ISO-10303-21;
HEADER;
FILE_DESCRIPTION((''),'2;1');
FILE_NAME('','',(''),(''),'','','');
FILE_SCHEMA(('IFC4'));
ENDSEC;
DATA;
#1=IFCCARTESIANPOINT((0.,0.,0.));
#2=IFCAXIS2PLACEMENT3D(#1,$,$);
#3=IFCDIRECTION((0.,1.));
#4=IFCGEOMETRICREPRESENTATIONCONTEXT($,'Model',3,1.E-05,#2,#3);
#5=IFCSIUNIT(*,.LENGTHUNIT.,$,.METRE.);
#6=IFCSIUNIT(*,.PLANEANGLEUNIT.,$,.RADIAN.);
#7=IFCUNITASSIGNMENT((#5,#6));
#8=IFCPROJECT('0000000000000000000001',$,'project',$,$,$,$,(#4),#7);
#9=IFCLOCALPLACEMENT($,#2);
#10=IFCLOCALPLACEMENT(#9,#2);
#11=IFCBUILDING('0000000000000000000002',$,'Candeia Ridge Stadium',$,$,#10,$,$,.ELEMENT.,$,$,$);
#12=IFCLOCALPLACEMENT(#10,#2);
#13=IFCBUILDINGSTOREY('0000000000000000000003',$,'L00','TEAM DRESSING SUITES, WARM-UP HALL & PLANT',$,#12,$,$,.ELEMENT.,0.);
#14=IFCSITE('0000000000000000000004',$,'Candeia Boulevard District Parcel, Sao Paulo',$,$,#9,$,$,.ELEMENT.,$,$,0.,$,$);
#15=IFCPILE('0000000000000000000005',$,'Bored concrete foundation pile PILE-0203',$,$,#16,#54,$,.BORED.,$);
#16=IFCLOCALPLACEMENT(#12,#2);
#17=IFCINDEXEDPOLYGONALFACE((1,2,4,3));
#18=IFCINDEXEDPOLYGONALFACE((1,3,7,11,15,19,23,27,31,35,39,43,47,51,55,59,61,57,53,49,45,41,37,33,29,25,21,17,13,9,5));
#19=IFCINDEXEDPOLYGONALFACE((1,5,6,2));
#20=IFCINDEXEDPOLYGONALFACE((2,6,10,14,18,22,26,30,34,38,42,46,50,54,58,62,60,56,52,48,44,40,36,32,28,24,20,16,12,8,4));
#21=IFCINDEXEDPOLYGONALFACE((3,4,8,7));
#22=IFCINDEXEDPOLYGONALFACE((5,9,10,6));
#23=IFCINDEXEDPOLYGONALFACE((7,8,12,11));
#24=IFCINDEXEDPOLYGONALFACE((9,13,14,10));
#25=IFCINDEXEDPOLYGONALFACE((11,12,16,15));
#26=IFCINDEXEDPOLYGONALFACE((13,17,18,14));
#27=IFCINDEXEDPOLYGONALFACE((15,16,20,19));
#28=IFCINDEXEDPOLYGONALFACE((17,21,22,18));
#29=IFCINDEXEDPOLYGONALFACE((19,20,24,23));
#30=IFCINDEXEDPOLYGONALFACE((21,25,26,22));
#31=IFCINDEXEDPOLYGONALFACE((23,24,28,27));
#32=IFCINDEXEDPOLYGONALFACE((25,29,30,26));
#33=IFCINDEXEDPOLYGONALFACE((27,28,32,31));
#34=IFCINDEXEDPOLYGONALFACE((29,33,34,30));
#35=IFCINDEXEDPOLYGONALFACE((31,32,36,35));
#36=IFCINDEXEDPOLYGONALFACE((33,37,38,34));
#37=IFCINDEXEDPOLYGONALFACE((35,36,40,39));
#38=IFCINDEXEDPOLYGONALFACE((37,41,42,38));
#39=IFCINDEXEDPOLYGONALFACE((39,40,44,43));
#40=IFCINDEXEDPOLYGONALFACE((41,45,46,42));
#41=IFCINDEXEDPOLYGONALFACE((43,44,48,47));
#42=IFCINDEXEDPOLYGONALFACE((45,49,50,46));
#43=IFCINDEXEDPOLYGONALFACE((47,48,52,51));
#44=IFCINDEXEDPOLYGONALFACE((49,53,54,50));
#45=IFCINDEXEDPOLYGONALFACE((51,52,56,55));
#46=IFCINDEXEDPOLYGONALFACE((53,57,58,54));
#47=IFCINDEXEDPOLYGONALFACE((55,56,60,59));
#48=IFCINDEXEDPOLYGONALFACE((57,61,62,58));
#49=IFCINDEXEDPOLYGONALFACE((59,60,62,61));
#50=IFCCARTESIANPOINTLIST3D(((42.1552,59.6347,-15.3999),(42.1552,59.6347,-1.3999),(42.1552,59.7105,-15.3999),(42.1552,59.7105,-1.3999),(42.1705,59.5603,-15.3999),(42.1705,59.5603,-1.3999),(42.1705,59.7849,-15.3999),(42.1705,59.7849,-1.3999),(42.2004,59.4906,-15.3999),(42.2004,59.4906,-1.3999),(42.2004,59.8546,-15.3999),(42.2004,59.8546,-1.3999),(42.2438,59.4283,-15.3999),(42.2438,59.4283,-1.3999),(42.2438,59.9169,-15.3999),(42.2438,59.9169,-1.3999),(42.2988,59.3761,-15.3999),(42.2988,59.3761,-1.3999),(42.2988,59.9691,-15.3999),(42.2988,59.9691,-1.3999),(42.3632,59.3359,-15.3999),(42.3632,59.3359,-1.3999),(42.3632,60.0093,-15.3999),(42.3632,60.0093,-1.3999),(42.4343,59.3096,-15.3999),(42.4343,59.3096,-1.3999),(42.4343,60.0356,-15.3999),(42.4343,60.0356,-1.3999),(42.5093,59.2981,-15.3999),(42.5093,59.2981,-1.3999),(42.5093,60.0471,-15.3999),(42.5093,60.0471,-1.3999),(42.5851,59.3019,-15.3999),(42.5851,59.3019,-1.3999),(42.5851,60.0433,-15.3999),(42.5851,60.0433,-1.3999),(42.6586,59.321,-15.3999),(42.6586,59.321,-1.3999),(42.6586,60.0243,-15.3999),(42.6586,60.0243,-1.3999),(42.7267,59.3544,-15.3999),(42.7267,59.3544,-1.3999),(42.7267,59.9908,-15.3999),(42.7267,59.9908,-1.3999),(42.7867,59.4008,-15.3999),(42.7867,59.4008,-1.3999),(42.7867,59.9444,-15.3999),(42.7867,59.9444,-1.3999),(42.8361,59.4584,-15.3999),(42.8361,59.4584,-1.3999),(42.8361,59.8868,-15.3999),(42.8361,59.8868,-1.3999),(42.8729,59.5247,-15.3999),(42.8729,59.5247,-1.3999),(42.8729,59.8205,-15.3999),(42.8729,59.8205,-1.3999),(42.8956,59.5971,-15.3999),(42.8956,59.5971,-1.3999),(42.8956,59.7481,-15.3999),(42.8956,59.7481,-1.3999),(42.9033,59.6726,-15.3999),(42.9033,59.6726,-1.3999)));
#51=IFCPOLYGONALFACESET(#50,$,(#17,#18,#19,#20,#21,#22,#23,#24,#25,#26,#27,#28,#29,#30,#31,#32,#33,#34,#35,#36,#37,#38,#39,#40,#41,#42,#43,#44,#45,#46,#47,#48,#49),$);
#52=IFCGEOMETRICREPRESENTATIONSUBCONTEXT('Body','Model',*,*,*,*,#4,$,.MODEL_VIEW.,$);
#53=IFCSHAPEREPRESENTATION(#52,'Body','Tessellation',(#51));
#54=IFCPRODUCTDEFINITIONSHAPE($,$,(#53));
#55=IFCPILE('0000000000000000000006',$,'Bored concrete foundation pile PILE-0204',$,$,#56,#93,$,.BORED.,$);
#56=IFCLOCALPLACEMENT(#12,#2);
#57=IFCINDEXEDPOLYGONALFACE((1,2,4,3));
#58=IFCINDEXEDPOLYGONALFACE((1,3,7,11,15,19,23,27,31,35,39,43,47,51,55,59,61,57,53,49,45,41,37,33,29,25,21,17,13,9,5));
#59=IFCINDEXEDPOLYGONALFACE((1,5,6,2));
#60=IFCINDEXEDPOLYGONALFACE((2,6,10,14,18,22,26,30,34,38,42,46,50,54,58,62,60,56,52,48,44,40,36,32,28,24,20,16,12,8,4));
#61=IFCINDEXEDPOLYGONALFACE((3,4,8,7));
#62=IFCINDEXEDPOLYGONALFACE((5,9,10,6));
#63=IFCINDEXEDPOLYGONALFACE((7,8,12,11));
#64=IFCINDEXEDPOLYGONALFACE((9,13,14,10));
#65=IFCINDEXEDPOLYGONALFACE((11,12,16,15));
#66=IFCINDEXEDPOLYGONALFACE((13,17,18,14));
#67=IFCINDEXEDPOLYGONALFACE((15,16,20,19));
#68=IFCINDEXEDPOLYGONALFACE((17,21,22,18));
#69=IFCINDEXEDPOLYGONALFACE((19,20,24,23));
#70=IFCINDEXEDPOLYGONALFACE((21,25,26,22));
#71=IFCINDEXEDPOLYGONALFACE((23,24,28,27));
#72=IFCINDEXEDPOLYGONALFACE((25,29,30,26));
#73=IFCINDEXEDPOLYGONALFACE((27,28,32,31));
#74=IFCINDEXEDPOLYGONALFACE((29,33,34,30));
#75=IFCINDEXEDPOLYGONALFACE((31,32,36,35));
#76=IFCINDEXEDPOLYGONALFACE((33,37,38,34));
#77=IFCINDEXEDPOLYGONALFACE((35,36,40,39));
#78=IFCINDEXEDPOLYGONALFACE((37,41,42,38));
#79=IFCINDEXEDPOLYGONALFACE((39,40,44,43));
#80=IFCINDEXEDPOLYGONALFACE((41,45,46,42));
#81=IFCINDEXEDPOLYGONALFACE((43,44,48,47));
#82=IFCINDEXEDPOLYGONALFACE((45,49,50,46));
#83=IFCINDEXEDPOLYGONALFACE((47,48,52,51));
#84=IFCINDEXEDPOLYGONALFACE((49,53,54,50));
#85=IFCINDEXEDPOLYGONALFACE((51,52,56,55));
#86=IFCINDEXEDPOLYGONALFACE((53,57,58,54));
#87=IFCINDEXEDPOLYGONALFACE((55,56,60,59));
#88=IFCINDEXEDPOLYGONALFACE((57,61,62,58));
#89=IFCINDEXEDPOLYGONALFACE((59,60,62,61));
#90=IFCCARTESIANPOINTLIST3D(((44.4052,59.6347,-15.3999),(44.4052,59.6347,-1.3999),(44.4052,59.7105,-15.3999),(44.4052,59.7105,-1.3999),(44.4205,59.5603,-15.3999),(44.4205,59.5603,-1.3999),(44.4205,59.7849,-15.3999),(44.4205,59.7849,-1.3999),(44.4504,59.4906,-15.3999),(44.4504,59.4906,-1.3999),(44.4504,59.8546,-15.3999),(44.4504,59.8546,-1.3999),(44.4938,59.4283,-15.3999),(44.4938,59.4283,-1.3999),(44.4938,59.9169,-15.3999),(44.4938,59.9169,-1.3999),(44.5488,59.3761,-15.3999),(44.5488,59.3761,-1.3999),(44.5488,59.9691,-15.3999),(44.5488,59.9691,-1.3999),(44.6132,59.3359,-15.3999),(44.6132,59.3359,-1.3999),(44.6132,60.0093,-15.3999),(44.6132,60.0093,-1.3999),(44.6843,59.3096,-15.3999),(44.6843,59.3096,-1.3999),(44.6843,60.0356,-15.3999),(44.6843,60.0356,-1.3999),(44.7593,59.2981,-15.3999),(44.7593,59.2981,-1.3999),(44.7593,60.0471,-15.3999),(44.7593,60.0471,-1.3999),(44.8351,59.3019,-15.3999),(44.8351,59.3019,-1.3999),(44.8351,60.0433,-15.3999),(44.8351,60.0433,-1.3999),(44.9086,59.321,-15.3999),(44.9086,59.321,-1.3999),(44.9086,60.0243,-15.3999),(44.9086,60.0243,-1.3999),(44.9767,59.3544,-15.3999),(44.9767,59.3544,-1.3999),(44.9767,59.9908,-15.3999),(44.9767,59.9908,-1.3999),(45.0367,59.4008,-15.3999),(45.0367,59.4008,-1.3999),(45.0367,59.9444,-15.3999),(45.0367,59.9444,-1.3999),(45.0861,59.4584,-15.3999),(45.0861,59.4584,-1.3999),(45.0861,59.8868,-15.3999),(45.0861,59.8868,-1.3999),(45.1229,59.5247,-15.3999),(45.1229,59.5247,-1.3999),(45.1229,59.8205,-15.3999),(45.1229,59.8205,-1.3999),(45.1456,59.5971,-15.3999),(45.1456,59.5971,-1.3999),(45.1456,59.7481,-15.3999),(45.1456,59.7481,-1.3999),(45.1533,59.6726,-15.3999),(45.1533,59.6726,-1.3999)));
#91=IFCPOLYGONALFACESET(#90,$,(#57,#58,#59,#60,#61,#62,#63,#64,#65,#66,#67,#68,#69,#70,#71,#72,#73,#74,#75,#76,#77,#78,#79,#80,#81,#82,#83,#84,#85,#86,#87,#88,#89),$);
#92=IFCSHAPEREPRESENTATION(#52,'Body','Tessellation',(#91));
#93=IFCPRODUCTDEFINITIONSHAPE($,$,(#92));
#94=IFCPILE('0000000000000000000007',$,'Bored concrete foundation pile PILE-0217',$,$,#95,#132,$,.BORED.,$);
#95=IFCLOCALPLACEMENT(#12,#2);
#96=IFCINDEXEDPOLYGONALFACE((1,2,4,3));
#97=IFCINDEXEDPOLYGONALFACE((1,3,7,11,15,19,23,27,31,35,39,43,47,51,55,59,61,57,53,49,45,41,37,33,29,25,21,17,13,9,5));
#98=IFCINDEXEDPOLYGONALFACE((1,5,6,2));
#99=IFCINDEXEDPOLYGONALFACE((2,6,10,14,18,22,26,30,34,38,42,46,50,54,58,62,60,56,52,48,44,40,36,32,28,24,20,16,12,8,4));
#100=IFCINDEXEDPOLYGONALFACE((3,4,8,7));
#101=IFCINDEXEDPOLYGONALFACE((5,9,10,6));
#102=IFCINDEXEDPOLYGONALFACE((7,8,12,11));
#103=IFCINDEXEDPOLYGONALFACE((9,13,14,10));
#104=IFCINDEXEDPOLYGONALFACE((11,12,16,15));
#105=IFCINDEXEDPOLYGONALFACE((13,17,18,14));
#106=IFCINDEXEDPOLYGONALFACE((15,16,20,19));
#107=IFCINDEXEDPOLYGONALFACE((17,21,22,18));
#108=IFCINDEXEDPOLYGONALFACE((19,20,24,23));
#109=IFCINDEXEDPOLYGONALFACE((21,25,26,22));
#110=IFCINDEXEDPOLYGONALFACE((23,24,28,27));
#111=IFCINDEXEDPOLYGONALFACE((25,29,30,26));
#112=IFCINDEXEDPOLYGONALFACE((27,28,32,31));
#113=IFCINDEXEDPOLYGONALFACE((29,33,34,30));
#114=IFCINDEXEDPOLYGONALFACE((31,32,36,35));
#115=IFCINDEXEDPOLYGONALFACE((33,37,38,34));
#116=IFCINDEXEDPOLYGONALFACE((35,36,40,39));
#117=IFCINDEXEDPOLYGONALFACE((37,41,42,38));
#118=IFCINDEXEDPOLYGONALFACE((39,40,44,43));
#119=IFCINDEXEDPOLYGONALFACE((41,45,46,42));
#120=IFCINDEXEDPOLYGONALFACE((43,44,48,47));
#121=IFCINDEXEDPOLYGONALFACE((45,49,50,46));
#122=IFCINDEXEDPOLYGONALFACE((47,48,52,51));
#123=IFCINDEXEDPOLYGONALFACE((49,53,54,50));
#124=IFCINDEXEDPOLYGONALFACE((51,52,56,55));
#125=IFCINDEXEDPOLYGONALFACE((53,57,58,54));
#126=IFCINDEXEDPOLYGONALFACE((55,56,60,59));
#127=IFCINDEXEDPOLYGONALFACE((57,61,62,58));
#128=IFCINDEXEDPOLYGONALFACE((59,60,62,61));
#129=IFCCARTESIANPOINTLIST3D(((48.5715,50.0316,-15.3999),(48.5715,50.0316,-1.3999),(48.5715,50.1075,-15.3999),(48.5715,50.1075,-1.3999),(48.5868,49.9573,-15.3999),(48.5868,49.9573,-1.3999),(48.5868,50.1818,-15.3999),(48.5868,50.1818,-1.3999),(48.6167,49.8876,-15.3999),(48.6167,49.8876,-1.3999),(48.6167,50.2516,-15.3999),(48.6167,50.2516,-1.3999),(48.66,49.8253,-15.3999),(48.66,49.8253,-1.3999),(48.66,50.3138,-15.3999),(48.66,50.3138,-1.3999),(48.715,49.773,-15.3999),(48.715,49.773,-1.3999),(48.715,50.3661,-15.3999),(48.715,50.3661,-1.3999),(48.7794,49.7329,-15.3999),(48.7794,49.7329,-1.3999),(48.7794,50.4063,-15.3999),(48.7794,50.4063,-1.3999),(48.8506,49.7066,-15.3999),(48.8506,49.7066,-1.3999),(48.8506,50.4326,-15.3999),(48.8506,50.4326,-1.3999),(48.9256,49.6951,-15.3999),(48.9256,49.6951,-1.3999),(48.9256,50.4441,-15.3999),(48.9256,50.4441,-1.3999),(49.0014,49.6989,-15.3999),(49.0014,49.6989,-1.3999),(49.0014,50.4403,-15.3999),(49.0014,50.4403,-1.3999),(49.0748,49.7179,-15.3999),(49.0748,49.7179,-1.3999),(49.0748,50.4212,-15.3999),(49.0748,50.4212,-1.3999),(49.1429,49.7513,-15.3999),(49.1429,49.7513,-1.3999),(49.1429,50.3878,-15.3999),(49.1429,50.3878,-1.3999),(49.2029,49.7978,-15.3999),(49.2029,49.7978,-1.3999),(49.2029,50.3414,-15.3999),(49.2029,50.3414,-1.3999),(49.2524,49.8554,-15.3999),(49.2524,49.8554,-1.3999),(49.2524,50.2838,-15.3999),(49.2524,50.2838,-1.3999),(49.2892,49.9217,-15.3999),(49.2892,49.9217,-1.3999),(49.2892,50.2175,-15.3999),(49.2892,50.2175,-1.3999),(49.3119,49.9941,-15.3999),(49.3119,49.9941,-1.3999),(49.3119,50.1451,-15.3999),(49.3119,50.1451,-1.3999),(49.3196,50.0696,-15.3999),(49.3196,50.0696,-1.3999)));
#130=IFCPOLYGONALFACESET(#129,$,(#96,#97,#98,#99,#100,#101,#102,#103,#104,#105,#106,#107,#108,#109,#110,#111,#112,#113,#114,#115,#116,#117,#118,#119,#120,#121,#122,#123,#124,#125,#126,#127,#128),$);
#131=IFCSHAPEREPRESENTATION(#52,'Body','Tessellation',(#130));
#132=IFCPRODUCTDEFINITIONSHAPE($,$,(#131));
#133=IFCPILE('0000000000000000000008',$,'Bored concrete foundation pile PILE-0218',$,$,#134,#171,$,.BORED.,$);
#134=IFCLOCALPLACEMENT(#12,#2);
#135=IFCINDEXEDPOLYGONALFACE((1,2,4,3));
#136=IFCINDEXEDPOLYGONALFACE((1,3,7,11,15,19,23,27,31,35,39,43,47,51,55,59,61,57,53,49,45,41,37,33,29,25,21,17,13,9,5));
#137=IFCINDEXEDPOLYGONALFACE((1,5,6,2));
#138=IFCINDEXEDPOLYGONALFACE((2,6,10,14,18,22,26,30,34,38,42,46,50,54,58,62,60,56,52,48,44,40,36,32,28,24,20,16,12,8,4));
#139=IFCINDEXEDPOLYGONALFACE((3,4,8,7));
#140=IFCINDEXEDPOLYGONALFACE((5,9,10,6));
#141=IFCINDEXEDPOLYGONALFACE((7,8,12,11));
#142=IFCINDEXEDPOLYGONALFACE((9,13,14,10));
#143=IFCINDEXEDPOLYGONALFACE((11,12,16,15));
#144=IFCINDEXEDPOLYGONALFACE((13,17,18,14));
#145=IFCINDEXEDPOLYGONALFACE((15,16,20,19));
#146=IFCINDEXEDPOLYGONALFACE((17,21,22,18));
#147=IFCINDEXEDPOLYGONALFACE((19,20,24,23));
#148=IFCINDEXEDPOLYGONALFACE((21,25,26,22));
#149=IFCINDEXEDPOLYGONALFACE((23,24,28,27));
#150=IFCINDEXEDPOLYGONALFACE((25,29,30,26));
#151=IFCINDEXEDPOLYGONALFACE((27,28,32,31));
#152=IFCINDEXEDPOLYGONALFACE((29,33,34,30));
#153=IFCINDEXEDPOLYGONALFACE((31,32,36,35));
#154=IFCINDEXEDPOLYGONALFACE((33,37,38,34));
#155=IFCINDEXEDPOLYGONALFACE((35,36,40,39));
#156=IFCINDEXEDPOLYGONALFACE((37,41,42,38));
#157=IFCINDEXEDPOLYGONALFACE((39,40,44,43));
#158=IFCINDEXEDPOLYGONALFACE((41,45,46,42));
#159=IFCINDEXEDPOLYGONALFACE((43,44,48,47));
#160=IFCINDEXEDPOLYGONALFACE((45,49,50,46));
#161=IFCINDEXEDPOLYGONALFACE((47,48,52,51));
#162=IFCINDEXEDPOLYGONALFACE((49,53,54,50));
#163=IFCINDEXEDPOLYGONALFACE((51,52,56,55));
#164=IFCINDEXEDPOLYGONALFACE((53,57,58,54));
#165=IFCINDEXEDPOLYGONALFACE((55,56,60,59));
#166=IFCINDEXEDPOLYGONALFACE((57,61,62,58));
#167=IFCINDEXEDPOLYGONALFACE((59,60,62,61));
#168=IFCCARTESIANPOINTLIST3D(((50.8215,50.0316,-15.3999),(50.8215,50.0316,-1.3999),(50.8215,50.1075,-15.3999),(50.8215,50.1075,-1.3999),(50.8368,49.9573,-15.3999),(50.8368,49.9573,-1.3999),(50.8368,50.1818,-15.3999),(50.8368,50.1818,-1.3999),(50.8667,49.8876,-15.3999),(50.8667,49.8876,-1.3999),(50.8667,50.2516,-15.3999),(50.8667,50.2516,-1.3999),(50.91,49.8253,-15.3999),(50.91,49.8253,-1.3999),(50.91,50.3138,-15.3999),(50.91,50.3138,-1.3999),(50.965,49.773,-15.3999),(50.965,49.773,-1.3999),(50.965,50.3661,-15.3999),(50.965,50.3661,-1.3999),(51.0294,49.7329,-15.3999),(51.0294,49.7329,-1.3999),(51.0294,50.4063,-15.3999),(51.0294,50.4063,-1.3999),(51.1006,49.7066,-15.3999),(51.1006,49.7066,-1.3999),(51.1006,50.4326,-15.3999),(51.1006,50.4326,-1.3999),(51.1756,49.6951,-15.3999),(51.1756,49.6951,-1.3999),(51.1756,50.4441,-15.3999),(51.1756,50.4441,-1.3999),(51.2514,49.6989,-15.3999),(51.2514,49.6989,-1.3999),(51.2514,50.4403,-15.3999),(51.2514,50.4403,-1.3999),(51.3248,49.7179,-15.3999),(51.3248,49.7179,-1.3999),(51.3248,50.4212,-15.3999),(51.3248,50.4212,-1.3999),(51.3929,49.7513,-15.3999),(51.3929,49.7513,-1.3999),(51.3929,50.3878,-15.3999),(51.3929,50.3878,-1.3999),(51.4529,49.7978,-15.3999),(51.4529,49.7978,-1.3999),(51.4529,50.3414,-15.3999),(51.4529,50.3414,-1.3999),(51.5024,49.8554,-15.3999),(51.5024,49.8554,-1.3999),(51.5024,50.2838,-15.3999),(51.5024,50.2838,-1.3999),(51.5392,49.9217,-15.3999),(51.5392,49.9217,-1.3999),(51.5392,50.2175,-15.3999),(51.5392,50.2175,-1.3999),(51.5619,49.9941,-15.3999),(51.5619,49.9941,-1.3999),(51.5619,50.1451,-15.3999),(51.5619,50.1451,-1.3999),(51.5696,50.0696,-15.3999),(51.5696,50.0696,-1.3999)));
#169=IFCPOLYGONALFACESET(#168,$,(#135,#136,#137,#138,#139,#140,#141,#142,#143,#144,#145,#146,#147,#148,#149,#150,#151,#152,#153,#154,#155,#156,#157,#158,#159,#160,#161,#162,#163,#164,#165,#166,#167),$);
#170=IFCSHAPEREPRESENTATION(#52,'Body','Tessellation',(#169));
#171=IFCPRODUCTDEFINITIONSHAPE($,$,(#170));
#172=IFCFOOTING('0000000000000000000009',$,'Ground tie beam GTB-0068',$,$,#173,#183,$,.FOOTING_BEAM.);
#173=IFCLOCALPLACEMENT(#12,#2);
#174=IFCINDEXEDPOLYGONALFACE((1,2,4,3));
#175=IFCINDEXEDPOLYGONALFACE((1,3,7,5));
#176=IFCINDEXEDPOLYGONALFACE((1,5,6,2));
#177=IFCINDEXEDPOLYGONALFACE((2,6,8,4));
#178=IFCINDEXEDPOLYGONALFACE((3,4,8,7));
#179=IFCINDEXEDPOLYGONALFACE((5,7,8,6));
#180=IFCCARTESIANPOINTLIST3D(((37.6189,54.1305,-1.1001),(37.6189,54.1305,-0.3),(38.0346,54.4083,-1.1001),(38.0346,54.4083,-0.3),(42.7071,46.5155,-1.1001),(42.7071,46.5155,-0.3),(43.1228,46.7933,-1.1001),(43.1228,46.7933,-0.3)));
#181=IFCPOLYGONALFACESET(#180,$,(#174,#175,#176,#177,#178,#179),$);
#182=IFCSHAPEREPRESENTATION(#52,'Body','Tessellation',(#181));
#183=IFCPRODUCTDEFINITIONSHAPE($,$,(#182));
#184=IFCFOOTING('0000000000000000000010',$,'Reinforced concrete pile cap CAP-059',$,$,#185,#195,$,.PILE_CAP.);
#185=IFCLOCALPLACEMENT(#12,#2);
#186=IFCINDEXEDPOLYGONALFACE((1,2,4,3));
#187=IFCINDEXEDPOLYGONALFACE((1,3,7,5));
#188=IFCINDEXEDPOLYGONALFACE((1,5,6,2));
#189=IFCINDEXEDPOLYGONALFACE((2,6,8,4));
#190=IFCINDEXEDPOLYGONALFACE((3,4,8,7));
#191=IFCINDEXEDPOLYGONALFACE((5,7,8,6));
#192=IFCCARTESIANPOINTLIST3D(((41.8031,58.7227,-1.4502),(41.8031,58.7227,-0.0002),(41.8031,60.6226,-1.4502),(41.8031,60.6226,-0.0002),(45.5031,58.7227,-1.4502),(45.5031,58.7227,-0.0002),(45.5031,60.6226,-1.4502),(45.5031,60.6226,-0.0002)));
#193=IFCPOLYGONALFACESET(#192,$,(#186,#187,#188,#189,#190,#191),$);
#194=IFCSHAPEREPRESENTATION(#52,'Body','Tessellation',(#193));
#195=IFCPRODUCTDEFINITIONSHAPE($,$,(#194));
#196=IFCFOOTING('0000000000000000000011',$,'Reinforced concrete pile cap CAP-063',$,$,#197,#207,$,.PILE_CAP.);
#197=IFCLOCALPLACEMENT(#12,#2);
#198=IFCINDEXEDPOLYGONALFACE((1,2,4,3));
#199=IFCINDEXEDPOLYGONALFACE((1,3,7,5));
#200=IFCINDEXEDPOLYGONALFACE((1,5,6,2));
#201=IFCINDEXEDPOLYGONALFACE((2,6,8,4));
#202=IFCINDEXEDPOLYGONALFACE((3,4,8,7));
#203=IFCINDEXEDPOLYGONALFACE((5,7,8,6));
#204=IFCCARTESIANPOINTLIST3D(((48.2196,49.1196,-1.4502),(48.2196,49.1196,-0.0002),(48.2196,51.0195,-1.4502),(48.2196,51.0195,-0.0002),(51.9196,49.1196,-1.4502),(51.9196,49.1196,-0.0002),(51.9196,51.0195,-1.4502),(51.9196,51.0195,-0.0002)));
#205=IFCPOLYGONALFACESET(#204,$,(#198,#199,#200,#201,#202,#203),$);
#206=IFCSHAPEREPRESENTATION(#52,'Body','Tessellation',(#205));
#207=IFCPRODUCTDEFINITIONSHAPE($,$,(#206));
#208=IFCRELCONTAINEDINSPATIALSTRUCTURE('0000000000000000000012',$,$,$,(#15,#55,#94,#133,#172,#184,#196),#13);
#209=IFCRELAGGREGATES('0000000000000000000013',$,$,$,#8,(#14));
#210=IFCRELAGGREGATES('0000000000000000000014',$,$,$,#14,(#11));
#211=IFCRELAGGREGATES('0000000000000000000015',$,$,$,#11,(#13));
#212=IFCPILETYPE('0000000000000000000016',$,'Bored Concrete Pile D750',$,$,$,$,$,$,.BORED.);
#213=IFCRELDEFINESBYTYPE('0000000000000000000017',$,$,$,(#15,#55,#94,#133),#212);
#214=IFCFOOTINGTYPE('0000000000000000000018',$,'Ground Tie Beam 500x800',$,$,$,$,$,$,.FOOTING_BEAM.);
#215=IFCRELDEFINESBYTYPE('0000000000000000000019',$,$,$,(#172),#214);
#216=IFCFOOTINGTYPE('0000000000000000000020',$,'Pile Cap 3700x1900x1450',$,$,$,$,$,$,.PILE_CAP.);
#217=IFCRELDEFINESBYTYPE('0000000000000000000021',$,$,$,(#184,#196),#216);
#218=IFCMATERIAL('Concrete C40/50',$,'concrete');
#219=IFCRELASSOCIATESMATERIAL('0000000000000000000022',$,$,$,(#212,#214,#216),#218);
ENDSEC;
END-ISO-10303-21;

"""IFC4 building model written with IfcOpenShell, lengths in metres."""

from ifc_helpers import new_model, si_unit, direction, frame, origin, origin_2d, place, context, subcontext, project, spatial, rectangle, circle, extrude, material, material_profile, profile_set, type_object, element, save


model = new_model("IFC4")

# Units and contexts
model_context = context("Model", 3, precision=1e-05, world=origin(), true_north=direction((0.0, 1.0)))
body_context = subcontext(model_context, "Body", "Model", "MODEL_VIEW")
ifc_project = project(units=[si_unit("LENGTHUNIT", "METRE"), si_unit("PLANEANGLEUNIT", "RADIAN")], contexts=[model_context])

# Site, building, storey
site_placement = place(None, origin())
site = spatial("IfcSite", under=ifc_project, at=site_placement, Name="Candeia Boulevard District Parcel, Sao Paulo", CompositionType="ELEMENT", RefElevation=0.0)
building_placement = place(site_placement, origin())
building = spatial("IfcBuilding", under=site, at=building_placement, Name="Candeia Ridge Stadium", CompositionType="ELEMENT")
storey_placement = place(building_placement, origin())
storey = spatial("IfcBuildingStorey", under=building, at=storey_placement, Name="L00", Description="TEAM DRESSING SUITES, WARM-UP HALL & PLANT", CompositionType="ELEMENT", Elevation=0.0)

# Piles
ifc_material_1 = material(Name="Concrete C40/50", Category="concrete")
ifc_material_profile_1 = material_profile(ifc_material_1, circle(Radius=0.375, at=origin_2d()), Name="PILE-D750", Category="concrete")
ifc_profile_set_1 = profile_set([ifc_material_profile_1], Name="Concrete C40/50")
pile_type = type_object("IfcPileType", Name="Bored Concrete Pile D750", PredefinedType="BORED", material=ifc_profile_set_1)
for number, where, z_axis, x_axis, name in (
    (1, (42.5283, 59.6726, -1.3999), (0.0, 0.0, -1.0), (1.0, 0.0, 0.0), "Bored concrete foundation pile PILE-0203"),
    (2, (44.7783, 59.6726, -1.3999), (0.0, 0.0, -1.0), (1.0, 0.0, 0.0), "Bored concrete foundation pile PILE-0204"),
    (3, (48.9446, 50.0696, -1.3999), (0.0, 0.0, -1.0), (1.0, 0.0, 0.0), "Bored concrete foundation pile PILE-0217"),
    (4, (51.1946, 50.0696, -1.3999), (0.0, 0.0, -1.0), (1.0, 0.0, 0.0), "Bored concrete foundation pile PILE-0218"),
):
    element("IfcPile", number, at=place(storey_placement, frame(where, z_axis=z_axis, x_axis=x_axis)), inside=storey, type_object=pile_type, Name=name, PredefinedType="BORED", context=body_context, shape_type="SweptSolid", body=[
        extrude(circle(Radius=0.375, at=origin_2d()), origin(), (0.0, 0.0, 1.0), 14.0),
    ])

# Footings
footing_type_1 = type_object("IfcFootingType", Name="Ground Tie Beam 500x800", PredefinedType="FOOTING_BEAM", material=ifc_material_1)
footing_placement = place(storey_placement, frame((40.3708, 50.4619, -1.1001), z_axis=(0.0, 0.0, 1.0), x_axis=(0.555569, -0.83147, 0.0)))
element("IfcFooting", 5, at=footing_placement, inside=storey, type_object=footing_type_1, Name="Ground tie beam GTB-0068", PredefinedType="FOOTING_BEAM", context=body_context, shape_type="SweptSolid", body=[
    extrude(rectangle(XDim=9.1584, YDim=0.5, at=origin_2d()), origin(), (0.0, 0.0, 1.0), 0.8),
])
footing_type_2 = type_object("IfcFootingType", Name="Pile Cap 3700x1900x1450", PredefinedType="PILE_CAP", material=ifc_material_1)
for number, where, z_axis, x_axis, name in (
    (6, (43.6531, 59.6726, -1.4502), (0.0, 0.0, 1.0), (1.0, 0.0, 0.0), "Reinforced concrete pile cap CAP-059"),
    (7, (50.0696, 50.0696, -1.4502), (0.0, 0.0, 1.0), (1.0, 0.0, 0.0), "Reinforced concrete pile cap CAP-063"),
):
    element("IfcFooting", number, at=place(storey_placement, frame(where, z_axis=z_axis, x_axis=x_axis)), inside=storey, type_object=footing_type_2, Name=name, PredefinedType="PILE_CAP", context=body_context, shape_type="SweptSolid", body=[
        extrude(rectangle(XDim=3.7, YDim=1.8999, at=origin_2d()), origin(), (0.0, 0.0, 1.0), 1.45),
    ])

save(model, "model.ifc")
